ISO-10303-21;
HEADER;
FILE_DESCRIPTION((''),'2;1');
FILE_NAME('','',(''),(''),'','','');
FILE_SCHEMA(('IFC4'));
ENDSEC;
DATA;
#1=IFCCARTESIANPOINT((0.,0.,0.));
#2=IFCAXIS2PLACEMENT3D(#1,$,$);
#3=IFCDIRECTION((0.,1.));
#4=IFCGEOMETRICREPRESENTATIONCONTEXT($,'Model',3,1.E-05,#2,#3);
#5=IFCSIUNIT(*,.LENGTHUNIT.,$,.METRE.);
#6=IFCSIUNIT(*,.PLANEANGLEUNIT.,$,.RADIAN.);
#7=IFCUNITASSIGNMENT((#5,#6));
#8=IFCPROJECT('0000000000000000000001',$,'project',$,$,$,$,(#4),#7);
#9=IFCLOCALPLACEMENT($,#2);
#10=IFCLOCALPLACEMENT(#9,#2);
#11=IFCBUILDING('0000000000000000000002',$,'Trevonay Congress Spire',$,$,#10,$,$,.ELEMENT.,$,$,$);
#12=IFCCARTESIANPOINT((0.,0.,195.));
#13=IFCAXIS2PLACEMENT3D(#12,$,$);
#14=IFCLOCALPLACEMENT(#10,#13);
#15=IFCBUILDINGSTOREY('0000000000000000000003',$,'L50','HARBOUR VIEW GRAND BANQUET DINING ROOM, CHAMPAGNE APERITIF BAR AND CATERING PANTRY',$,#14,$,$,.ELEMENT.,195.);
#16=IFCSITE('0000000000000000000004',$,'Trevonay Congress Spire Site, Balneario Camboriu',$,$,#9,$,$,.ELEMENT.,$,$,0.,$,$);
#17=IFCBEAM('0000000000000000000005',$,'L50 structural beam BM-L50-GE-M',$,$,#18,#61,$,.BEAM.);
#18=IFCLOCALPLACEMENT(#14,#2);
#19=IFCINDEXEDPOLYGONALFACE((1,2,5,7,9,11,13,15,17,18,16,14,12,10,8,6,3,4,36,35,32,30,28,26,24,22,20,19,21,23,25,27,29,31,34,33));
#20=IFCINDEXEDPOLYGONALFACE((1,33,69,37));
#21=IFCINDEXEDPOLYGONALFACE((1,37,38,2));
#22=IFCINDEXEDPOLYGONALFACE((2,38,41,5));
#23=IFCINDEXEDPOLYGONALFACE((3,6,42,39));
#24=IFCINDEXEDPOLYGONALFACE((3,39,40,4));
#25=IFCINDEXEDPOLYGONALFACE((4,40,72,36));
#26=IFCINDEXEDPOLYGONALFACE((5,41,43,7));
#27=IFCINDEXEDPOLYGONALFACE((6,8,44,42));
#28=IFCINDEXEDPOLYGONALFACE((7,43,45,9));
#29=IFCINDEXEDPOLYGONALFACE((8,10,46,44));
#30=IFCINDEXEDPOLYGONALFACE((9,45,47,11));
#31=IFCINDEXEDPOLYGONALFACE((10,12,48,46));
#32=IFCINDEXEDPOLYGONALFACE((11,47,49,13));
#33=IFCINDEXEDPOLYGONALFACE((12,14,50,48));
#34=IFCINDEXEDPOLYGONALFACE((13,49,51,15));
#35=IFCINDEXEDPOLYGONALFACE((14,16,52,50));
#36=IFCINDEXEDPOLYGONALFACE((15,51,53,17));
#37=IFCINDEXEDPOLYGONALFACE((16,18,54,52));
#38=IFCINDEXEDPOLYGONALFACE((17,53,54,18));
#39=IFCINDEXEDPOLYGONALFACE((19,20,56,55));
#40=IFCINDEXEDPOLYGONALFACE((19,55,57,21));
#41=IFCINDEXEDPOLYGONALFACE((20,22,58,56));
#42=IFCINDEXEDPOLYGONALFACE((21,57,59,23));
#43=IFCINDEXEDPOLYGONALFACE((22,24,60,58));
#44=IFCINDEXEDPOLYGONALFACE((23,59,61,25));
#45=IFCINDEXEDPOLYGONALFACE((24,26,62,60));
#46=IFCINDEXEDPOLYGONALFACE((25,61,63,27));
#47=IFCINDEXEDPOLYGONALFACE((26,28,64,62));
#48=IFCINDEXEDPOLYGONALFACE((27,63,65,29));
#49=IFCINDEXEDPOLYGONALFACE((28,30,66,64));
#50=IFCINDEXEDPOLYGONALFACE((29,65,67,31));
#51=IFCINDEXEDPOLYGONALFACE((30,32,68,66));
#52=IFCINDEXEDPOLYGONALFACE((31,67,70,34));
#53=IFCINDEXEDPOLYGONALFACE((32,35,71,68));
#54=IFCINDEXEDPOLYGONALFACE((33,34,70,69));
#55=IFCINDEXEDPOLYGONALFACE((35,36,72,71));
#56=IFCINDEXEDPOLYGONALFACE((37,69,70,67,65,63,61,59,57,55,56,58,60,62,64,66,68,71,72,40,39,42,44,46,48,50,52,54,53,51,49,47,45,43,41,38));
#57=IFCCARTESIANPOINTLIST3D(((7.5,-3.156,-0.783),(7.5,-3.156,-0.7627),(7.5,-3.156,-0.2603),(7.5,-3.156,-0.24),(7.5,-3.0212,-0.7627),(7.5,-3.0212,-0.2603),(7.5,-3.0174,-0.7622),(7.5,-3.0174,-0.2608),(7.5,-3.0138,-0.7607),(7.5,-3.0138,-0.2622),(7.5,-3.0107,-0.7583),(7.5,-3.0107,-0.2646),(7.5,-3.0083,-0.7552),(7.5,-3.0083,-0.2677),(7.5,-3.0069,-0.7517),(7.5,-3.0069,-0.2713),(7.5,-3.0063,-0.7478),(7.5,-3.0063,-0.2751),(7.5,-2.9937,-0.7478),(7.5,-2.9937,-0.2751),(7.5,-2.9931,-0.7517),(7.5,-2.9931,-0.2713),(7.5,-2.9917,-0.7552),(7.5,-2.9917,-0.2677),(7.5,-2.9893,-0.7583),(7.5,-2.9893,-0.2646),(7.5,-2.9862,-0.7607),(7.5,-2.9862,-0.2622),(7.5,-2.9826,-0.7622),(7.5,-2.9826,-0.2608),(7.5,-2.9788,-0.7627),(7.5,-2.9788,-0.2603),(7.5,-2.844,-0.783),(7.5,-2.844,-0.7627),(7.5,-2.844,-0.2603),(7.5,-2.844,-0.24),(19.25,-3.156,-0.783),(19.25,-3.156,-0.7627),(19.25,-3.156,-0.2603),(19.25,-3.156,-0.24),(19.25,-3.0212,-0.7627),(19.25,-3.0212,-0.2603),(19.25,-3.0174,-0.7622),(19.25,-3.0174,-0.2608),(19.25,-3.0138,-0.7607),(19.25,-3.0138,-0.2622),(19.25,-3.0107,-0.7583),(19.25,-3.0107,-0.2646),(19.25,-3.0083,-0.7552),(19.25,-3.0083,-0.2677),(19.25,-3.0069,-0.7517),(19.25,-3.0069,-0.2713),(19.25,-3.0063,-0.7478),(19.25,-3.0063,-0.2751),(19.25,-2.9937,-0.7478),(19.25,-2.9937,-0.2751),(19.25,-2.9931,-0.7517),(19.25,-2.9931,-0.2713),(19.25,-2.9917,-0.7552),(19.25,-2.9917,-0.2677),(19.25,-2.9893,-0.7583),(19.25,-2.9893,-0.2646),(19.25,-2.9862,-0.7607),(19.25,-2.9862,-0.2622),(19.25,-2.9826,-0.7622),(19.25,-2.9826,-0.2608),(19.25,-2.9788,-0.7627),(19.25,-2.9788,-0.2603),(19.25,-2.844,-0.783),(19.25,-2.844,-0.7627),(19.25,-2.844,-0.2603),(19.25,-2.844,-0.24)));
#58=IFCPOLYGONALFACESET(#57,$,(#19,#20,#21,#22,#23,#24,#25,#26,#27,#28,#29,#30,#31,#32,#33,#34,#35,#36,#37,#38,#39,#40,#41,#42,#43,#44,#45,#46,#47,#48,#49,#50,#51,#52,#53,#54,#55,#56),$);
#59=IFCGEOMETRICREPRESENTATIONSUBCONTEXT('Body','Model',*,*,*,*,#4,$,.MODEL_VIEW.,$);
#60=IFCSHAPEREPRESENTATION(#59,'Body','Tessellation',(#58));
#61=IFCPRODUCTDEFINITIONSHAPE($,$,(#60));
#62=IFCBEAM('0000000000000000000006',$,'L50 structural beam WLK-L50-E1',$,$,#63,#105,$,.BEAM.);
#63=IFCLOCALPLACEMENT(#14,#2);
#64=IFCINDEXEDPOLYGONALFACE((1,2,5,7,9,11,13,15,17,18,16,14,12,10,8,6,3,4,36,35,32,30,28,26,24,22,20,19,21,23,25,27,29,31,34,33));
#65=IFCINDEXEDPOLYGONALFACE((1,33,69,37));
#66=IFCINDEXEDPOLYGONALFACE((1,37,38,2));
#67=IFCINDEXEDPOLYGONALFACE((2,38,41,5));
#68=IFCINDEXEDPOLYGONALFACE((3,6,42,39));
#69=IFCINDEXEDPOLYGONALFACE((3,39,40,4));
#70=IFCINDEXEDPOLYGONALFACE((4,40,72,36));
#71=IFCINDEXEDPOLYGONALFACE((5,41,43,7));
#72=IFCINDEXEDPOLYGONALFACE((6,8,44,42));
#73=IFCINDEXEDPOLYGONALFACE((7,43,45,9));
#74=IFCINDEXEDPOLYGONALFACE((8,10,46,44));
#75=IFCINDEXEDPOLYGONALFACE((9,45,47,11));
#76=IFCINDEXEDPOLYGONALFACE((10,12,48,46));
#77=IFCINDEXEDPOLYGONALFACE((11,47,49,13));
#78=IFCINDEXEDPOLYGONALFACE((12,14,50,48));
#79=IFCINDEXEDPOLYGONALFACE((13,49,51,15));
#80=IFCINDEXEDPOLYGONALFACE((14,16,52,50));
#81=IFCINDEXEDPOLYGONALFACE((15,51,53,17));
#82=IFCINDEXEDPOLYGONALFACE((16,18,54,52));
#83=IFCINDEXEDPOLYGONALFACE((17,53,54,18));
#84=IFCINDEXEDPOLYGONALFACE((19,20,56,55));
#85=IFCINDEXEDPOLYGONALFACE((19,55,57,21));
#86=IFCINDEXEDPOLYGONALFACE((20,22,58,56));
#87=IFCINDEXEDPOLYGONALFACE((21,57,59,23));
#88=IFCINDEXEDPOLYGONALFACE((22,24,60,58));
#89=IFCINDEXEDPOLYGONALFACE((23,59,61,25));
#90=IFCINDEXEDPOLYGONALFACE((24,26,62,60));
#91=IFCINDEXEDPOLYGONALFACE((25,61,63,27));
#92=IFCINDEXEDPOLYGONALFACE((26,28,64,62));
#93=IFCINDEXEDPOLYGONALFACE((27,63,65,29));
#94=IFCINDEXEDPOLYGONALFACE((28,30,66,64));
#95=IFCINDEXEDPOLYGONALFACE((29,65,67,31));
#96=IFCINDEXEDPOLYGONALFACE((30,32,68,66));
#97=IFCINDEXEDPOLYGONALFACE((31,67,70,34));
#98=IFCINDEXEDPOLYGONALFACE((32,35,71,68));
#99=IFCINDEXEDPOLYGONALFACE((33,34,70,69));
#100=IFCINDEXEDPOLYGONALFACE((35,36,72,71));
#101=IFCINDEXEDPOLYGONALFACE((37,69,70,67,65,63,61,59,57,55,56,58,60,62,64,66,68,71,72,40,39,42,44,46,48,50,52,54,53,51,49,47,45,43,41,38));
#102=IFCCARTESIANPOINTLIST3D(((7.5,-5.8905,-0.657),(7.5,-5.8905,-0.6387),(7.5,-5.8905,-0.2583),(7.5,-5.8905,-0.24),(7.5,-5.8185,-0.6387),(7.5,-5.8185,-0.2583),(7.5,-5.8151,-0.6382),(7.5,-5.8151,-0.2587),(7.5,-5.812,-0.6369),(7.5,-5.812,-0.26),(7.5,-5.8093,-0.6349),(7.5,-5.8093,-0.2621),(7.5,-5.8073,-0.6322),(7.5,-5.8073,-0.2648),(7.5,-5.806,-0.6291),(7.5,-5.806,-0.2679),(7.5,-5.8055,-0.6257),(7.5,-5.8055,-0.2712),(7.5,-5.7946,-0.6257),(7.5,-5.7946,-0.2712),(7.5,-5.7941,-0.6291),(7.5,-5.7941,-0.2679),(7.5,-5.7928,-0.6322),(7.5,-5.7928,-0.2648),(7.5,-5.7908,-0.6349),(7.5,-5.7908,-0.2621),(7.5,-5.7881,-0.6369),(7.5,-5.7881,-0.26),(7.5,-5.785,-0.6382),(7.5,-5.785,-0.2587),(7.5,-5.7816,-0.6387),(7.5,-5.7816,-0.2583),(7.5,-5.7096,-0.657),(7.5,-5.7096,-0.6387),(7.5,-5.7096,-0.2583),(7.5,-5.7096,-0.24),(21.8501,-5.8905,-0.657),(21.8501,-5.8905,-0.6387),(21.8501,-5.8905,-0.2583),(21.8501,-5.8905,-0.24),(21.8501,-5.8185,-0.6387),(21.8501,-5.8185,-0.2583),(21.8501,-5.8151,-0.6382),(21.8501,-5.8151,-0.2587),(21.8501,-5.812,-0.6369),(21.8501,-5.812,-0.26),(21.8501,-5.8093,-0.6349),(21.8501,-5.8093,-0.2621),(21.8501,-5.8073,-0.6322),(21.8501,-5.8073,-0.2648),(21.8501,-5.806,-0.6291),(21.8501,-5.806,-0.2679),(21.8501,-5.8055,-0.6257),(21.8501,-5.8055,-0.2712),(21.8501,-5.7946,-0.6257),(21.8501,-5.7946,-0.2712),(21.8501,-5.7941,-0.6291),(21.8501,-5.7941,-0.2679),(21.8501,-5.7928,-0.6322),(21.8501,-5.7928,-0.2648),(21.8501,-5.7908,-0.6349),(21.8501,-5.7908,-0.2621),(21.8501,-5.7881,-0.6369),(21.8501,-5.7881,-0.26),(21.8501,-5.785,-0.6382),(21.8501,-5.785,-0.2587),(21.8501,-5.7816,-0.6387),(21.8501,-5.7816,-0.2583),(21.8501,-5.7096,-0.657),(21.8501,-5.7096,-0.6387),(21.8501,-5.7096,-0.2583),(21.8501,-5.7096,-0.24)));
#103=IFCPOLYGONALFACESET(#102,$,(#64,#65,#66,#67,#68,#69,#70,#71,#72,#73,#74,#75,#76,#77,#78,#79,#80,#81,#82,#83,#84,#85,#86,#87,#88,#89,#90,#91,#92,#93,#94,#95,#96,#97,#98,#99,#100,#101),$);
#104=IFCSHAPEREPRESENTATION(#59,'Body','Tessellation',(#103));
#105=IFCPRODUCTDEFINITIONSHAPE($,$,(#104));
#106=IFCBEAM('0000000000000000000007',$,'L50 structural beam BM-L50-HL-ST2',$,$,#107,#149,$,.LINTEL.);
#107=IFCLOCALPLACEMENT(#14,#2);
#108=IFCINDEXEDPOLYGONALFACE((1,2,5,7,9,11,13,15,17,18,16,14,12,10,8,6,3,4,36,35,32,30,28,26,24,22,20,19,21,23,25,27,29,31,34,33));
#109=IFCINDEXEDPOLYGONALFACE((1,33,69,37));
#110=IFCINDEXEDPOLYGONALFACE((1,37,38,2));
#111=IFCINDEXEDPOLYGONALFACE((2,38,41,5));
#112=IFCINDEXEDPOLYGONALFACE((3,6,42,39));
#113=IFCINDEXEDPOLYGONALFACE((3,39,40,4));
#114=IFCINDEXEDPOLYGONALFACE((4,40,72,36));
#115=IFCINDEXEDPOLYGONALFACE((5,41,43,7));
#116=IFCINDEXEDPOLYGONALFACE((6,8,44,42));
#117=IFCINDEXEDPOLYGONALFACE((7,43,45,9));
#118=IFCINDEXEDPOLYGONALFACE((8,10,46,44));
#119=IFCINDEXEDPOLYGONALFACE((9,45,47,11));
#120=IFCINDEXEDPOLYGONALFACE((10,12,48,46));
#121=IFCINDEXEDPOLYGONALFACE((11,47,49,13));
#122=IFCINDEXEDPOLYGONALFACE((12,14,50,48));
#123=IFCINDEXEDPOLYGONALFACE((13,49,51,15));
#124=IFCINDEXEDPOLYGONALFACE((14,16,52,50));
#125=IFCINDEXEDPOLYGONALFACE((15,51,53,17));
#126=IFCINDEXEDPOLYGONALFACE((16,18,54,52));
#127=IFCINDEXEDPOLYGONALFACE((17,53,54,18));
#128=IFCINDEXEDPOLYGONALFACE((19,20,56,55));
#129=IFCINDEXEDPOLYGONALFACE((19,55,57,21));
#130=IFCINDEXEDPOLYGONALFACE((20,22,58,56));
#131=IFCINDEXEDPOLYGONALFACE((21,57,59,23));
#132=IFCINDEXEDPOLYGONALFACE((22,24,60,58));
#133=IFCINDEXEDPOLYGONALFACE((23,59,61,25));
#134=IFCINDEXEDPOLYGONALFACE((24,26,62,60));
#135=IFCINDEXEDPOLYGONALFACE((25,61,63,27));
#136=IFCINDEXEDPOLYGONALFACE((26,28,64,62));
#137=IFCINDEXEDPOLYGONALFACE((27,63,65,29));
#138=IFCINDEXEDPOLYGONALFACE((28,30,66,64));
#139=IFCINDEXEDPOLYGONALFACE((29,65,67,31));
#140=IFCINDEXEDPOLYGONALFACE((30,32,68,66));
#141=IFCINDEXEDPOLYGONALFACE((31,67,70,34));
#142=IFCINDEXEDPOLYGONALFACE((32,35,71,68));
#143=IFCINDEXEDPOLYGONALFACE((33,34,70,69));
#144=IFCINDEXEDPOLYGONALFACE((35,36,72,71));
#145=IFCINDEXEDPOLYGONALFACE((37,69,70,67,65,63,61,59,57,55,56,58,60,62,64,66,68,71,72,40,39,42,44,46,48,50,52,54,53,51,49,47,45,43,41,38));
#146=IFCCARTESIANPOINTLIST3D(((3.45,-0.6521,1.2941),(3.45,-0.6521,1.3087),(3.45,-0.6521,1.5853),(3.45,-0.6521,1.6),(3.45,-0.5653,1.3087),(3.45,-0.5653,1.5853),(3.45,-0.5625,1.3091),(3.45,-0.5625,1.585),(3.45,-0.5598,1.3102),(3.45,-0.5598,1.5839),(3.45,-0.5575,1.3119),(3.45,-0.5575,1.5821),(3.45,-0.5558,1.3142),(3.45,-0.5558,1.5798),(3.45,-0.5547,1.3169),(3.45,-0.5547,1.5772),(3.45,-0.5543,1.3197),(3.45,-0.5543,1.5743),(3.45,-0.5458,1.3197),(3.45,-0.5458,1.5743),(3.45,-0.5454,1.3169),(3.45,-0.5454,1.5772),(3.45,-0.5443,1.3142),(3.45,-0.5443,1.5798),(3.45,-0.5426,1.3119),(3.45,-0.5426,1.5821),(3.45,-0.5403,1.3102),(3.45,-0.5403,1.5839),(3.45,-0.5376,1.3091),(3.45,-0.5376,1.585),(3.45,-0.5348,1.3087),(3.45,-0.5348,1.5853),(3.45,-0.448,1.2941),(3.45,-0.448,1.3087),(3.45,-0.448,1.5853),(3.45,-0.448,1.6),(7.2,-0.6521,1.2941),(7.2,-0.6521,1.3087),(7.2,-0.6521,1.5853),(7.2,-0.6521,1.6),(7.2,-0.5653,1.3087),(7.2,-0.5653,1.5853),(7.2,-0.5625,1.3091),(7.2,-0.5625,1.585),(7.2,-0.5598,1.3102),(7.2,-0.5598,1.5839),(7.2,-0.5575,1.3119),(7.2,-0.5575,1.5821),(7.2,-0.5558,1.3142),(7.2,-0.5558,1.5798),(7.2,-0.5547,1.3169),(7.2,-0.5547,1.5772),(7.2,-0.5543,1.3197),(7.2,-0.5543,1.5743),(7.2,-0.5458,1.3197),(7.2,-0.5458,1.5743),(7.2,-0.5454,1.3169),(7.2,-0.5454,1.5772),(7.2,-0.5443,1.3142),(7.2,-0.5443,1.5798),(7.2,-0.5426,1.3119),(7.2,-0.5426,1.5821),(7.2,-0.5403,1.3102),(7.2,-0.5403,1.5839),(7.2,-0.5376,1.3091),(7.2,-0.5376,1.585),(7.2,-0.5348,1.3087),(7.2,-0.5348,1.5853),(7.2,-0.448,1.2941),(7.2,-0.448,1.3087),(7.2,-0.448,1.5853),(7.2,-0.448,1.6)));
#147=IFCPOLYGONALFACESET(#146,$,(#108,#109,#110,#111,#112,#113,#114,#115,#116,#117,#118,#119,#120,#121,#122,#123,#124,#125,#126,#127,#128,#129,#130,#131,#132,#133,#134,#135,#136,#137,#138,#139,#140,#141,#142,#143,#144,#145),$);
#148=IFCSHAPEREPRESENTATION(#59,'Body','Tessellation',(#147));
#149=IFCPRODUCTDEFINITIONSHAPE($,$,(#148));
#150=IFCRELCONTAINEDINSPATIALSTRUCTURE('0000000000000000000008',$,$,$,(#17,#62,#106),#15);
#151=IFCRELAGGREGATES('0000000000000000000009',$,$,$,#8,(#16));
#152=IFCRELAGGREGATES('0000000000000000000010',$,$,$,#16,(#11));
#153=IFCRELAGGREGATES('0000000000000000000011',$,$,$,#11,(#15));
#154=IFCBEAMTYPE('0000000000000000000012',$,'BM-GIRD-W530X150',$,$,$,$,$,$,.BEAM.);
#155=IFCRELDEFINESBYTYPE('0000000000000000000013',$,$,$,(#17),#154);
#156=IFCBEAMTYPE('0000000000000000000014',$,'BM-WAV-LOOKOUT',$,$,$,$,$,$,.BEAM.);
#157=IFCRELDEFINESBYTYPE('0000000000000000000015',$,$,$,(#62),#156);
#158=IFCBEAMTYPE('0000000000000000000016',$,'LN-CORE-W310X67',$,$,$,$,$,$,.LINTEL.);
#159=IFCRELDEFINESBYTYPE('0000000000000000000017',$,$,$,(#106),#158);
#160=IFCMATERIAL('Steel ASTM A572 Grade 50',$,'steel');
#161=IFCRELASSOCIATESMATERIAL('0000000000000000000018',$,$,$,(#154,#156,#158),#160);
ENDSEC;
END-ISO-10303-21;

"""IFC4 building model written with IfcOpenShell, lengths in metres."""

from ifc_helpers import new_model, si_unit, direction, frame, origin, origin_2d, place, context, subcontext, project, spatial, i_section, extrude, material, material_profile, profile_set, type_object, element, save


model = new_model("IFC4")

# Units and contexts
model_context = context("Model", 3, precision=1e-05, world=origin(), true_north=direction((0.0, 1.0)))
body_context = subcontext(model_context, "Body", "Model", "MODEL_VIEW")
ifc_project = project(units=[si_unit("LENGTHUNIT", "METRE"), si_unit("PLANEANGLEUNIT", "RADIAN")], contexts=[model_context])

# Site, building, storey
site_placement = place(None, origin())
site = spatial("IfcSite", under=ifc_project, at=site_placement, Name="Trevonay Congress Spire Site, Balneario Camboriu", CompositionType="ELEMENT", RefElevation=0.0)
building_placement = place(site_placement, origin())
building = spatial("IfcBuilding", under=site, at=building_placement, Name="Trevonay Congress Spire", CompositionType="ELEMENT")
storey_placement = place(building_placement, frame((0.0, 0.0, 195.0)))
storey = spatial("IfcBuildingStorey", under=building, at=storey_placement, Name="L50", Description="HARBOUR VIEW GRAND BANQUET DINING ROOM, CHAMPAGNE APERITIF BAR AND CATERING PANTRY", CompositionType="ELEMENT", Elevation=195.0)

# Shared definitions
ifc_material_1 = material(Name="Steel ASTM A572 Grade 50", Category="steel")

# Beams
ifc_material_profile_1 = material_profile(ifc_material_1, i_section(OverallWidth=0.312, OverallDepth=0.543, WebThickness=0.0127, FlangeThickness=0.0203, FilletRadius=0.0149, at=origin_2d()), Name="W530x150")
ifc_profile_set_1 = profile_set([ifc_material_profile_1], Name="Steel ASTM A572 Grade 50")
beam_type_1 = type_object("IfcBeamType", Name="BM-GIRD-W530X150", PredefinedType="BEAM", material=ifc_profile_set_1)
beam_1_placement = place(storey_placement, frame((7.5, -3.0, -0.5115), z_axis=(1.0, 0.0, 0.0), x_axis=(0.0, 1.0, 0.0)))
element("IfcBeam", 1, at=beam_1_placement, inside=storey, type_object=beam_type_1, Name="L50 structural beam BM-L50-GE-M", PredefinedType="BEAM", context=body_context, shape_type="SweptSolid", body=[
    extrude(i_section(OverallWidth=0.312, OverallDepth=0.543, WebThickness=0.0127, FlangeThickness=0.0203, FilletRadius=0.0149, at=origin_2d()), origin(), (0.0, 0.0, 1.0), 11.75),
])
ifc_material_profile_2 = material_profile(ifc_material_1, i_section(OverallWidth=0.1809, OverallDepth=0.417, WebThickness=0.011, FlangeThickness=0.0183, FilletRadius=0.0129, at=origin_2d()), Name="W410x85")
ifc_profile_set_2 = profile_set([ifc_material_profile_2], Name="Steel ASTM A572 Grade 50")
beam_type_2 = type_object("IfcBeamType", Name="BM-WAV-LOOKOUT", PredefinedType="BEAM", material=ifc_profile_set_2)
beam_2_placement = place(storey_placement, frame((7.5, -5.8, -0.4485), z_axis=(1.0, 0.0, 0.0), x_axis=(0.0, 1.0, 0.0)))
element("IfcBeam", 2, at=beam_2_placement, inside=storey, type_object=beam_type_2, Name="L50 structural beam WLK-L50-E1", PredefinedType="BEAM", context=body_context, shape_type="SweptSolid", body=[
    extrude(i_section(OverallWidth=0.1809, OverallDepth=0.417, WebThickness=0.011, FlangeThickness=0.0183, FilletRadius=0.0129, at=origin_2d()), origin(), (0.0, 0.0, 1.0), 14.3501),
])
ifc_material_profile_3 = material_profile(ifc_material_1, i_section(OverallWidth=0.2041, OverallDepth=0.3059, WebThickness=0.0085, FlangeThickness=0.0146, FilletRadius=0.011, at=origin_2d()), Name="W310x67")
ifc_profile_set_3 = profile_set([ifc_material_profile_3], Name="Steel ASTM A572 Grade 50")
beam_type_3 = type_object("IfcBeamType", Name="LN-CORE-W310X67", PredefinedType="LINTEL", material=ifc_profile_set_3)
beam_3_placement = place(storey_placement, frame((3.45, -0.55, 1.447), z_axis=(1.0, 0.0, 0.0), x_axis=(0.0, 1.0, 0.0)))
element("IfcBeam", 3, at=beam_3_placement, inside=storey, type_object=beam_type_3, Name="L50 structural beam BM-L50-HL-ST2", PredefinedType="LINTEL", context=body_context, shape_type="SweptSolid", body=[
    extrude(i_section(OverallWidth=0.2041, OverallDepth=0.3059, WebThickness=0.0085, FlangeThickness=0.0146, FilletRadius=0.011, at=origin_2d()), origin(), (0.0, 0.0, 1.0), 3.75),
])

save(model, "model.ifc")
